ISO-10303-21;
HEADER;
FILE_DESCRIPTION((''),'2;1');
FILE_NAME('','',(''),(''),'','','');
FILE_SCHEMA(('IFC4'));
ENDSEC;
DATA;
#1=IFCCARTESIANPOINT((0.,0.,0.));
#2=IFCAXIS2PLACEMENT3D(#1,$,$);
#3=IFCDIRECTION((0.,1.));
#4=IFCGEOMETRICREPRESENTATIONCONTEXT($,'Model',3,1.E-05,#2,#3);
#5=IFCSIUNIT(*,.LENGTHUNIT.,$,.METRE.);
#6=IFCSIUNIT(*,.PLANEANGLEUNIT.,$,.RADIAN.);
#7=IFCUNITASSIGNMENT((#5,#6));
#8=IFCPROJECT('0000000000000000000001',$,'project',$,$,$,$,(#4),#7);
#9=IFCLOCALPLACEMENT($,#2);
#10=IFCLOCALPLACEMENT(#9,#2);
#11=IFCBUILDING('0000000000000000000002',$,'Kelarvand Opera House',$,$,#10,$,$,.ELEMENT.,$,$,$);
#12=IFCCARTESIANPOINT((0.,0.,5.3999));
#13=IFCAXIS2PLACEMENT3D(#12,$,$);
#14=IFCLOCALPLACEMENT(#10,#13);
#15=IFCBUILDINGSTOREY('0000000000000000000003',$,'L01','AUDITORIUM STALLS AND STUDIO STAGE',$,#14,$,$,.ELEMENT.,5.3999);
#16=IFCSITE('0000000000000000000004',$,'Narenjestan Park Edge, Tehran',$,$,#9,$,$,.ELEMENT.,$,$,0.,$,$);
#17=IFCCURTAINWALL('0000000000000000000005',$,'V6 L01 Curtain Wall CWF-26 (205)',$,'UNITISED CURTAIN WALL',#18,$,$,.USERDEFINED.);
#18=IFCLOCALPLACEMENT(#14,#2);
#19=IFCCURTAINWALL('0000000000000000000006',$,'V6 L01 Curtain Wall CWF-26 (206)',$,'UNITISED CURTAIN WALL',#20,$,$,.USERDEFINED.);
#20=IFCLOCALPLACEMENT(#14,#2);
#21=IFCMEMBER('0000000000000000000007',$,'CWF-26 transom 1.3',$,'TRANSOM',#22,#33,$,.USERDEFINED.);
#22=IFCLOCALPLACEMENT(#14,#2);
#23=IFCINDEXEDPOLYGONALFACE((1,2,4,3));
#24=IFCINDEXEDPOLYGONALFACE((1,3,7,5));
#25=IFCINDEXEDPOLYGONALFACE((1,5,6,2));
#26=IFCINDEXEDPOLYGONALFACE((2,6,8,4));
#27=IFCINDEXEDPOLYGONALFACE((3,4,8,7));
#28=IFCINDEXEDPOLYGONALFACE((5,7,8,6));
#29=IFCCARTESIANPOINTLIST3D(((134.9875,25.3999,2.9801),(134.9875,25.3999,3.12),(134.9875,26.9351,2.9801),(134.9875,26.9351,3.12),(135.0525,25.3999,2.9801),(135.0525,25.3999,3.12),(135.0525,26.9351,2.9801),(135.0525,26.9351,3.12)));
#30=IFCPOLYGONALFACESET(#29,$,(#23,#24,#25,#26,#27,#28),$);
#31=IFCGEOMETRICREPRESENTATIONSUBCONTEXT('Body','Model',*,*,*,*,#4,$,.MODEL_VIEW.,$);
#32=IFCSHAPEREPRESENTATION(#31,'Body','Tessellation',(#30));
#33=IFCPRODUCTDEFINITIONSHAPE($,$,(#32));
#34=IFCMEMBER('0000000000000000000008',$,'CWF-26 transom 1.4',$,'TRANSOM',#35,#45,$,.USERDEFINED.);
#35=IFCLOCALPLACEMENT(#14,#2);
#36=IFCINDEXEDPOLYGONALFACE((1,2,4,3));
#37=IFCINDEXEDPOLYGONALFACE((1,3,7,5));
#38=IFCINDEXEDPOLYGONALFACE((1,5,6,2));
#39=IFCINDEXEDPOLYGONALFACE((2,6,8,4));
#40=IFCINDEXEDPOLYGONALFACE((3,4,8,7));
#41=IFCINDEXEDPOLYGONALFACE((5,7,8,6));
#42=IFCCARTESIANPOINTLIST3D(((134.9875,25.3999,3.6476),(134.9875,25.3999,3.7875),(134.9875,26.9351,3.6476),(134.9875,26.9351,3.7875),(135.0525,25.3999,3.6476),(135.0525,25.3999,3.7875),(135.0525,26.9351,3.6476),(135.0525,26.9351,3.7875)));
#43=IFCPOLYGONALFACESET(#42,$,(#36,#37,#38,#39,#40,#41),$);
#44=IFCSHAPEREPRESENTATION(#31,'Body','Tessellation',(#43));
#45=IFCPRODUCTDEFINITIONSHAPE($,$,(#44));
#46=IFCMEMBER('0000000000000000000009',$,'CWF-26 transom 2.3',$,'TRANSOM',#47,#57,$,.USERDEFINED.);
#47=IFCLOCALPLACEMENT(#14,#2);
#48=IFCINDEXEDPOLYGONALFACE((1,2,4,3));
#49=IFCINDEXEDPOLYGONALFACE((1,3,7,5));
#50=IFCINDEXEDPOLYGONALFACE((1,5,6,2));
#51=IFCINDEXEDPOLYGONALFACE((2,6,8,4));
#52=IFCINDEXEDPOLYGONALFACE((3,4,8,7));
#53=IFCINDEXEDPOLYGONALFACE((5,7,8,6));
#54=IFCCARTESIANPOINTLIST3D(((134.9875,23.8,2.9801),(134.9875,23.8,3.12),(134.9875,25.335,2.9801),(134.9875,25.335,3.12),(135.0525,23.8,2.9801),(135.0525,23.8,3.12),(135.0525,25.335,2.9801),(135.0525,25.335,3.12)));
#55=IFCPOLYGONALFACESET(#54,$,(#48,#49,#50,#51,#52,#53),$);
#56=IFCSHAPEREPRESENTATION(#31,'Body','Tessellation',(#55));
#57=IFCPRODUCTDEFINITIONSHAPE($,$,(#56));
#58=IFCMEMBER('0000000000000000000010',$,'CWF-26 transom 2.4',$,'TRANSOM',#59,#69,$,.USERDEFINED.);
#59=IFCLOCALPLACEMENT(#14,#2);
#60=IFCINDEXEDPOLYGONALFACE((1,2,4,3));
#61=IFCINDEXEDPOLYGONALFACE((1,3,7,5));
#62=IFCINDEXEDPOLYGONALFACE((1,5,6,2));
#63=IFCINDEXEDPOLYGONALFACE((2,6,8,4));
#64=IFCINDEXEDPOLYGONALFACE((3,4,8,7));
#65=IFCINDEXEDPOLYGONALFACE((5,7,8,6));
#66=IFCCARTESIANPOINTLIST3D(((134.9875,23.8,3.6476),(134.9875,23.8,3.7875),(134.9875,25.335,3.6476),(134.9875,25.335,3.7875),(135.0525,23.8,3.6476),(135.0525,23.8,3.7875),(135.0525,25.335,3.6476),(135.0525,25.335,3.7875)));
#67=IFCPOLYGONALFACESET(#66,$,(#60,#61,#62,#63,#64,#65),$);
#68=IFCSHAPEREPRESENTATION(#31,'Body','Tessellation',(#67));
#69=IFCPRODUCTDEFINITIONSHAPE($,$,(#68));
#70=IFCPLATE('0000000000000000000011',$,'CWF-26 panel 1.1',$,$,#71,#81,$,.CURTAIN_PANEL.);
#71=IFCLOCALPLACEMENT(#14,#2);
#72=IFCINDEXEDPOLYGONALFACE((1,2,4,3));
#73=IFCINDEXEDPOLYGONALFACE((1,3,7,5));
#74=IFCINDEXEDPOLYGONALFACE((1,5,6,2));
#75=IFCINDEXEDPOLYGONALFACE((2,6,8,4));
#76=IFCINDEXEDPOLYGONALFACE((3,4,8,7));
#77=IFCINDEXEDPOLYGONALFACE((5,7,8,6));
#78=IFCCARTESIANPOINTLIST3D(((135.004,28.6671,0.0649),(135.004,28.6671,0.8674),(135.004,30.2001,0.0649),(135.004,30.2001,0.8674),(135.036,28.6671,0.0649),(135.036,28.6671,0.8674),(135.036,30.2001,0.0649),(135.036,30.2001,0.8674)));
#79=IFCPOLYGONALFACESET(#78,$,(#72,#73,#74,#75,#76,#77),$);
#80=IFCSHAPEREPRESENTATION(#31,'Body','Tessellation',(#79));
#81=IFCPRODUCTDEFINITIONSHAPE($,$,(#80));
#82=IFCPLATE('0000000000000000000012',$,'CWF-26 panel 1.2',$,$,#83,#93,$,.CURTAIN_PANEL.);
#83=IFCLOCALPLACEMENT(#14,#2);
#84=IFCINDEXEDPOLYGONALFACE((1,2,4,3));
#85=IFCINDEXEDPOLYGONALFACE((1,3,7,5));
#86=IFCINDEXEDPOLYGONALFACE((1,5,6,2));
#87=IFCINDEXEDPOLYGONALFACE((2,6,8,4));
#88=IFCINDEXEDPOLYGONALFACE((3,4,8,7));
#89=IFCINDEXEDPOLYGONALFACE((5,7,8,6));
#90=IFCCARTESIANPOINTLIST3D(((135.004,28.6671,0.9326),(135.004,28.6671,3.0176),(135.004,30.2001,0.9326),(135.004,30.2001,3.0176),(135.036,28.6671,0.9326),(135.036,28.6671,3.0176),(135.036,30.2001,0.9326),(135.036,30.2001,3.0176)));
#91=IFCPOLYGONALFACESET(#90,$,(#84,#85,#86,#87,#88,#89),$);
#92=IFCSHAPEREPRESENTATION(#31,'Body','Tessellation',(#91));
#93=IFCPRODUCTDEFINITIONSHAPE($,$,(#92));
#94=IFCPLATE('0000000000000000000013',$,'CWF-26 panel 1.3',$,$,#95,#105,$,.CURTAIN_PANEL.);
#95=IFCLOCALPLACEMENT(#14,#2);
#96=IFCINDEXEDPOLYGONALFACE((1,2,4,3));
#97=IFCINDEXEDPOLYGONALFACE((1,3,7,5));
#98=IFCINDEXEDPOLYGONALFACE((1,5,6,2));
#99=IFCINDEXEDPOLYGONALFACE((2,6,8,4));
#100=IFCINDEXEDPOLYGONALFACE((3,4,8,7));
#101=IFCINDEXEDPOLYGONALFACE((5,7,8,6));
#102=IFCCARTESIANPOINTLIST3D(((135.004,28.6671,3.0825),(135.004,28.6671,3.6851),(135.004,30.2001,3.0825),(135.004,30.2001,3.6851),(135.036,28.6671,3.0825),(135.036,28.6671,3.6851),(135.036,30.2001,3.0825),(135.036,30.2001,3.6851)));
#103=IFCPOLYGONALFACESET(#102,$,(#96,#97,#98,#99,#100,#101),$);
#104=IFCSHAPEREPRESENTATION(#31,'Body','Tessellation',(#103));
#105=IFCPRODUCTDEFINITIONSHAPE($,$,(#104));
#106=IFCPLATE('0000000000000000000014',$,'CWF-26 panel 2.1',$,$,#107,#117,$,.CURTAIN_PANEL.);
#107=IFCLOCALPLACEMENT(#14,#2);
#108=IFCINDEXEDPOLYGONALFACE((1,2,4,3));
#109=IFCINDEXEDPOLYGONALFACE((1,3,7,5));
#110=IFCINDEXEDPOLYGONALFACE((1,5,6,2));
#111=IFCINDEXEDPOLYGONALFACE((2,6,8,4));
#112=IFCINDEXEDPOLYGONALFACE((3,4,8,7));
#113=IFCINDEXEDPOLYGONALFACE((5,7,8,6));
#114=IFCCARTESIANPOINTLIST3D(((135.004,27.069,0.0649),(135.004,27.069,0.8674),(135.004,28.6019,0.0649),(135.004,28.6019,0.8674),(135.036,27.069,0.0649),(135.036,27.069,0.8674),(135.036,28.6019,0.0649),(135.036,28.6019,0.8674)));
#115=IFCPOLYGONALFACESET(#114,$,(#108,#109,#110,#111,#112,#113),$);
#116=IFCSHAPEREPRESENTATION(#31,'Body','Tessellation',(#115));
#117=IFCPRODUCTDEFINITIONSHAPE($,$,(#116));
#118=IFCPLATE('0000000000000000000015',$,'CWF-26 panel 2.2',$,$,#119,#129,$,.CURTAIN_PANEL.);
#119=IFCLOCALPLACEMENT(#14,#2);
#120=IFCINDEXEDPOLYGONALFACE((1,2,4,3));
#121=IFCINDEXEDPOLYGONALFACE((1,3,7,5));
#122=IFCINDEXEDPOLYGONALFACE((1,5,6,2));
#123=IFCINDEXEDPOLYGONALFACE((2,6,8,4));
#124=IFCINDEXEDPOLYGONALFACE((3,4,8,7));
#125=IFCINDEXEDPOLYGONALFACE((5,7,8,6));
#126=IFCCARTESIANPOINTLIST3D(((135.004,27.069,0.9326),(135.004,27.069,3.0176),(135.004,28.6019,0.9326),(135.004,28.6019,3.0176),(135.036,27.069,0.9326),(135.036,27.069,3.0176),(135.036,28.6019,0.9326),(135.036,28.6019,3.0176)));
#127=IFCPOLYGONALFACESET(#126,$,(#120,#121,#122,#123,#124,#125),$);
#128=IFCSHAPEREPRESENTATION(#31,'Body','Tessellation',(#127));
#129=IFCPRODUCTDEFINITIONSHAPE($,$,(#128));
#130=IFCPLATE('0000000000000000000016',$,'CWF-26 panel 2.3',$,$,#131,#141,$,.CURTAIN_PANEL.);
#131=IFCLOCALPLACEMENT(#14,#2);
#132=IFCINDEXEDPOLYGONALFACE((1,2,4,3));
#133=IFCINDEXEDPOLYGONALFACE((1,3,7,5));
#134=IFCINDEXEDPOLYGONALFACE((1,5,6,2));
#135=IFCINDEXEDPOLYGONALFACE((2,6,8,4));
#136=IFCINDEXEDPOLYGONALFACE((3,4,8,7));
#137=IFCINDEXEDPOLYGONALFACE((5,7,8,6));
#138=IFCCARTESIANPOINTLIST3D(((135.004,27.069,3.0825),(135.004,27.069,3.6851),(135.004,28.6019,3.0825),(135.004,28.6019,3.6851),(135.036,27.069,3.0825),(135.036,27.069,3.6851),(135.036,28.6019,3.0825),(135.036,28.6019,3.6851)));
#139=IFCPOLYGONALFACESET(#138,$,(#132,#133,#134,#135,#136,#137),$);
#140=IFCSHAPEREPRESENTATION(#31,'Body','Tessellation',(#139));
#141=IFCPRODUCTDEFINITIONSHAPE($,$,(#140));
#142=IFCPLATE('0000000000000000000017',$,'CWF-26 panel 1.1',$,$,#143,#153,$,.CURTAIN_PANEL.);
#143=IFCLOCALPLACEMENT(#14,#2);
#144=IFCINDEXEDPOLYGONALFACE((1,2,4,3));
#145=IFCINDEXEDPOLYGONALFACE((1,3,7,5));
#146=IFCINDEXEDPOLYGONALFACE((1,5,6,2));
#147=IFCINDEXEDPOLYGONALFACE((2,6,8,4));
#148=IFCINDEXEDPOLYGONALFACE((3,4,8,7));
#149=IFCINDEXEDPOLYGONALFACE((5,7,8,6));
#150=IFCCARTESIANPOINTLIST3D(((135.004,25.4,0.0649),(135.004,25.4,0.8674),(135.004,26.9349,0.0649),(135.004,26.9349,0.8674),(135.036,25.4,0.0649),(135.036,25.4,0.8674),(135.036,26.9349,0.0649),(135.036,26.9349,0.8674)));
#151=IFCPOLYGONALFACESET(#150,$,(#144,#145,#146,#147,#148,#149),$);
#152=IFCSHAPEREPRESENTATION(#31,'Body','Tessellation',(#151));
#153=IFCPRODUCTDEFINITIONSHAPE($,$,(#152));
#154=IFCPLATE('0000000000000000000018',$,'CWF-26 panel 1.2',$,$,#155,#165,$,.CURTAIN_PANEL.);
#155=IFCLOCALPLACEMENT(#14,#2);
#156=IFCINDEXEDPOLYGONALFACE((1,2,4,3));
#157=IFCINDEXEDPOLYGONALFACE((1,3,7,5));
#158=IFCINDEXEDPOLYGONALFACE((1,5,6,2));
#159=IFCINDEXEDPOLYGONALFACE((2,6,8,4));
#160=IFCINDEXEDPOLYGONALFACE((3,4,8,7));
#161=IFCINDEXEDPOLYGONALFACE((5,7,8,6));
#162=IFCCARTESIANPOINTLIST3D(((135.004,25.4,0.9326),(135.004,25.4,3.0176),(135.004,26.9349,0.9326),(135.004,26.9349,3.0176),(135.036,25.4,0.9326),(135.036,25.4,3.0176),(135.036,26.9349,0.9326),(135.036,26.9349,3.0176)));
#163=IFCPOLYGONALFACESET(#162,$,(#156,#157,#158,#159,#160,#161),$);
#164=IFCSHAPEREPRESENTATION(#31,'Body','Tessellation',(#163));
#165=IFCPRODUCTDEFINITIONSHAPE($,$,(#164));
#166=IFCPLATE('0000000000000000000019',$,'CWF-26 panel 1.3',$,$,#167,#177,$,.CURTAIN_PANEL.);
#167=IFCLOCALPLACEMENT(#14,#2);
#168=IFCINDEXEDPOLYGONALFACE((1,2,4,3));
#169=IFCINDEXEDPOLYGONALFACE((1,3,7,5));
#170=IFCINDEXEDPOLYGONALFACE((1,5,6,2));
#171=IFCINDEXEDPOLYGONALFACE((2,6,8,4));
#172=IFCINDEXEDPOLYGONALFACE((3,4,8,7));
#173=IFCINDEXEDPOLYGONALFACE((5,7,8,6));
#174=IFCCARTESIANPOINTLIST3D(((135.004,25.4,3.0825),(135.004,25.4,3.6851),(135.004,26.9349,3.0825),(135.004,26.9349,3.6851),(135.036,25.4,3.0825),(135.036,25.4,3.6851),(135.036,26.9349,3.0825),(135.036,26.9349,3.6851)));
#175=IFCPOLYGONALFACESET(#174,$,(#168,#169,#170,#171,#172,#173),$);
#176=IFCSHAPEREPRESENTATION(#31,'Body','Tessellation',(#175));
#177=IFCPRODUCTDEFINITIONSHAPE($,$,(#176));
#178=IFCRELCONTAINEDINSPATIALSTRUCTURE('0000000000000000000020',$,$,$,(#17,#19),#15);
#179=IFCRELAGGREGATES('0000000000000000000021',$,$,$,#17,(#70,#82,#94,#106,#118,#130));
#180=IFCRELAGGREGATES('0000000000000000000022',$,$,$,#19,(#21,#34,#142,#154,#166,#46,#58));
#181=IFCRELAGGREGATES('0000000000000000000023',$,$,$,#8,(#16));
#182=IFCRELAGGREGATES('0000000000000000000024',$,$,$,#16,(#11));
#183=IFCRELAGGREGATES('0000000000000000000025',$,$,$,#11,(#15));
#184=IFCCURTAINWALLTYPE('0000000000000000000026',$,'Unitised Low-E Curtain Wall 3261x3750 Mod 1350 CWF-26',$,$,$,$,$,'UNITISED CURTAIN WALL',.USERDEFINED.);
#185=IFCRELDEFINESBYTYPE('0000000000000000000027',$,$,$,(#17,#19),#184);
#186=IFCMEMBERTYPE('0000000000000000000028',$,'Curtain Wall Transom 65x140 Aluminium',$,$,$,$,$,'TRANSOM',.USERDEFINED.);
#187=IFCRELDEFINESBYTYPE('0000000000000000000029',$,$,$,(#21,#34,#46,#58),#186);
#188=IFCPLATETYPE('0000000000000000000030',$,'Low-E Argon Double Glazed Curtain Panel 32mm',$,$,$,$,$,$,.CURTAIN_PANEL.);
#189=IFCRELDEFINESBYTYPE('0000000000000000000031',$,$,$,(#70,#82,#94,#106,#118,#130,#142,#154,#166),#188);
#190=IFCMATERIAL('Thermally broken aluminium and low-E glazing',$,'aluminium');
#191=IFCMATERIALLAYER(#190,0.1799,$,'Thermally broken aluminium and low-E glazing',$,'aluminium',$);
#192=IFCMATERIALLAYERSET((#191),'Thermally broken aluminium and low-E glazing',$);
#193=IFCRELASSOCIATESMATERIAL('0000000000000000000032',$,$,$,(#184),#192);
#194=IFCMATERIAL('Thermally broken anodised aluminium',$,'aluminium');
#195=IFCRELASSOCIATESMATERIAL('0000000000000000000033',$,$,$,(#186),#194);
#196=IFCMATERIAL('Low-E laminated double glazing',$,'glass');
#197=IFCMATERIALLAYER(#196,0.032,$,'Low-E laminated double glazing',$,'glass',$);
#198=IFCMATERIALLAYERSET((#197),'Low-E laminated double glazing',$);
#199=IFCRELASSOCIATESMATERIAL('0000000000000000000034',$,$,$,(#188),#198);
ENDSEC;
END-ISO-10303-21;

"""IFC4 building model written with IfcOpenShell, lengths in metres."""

from ifc_helpers import new_model, si_unit, direction, frame, origin, origin_2d, place, context, subcontext, project, spatial, rectangle, extrude, material, layer, layer_set, material_profile, profile_set, type_object, element, aggregate, save


model = new_model("IFC4")

# Units and contexts
model_context = context("Model", 3, precision=1e-05, world=origin(), true_north=direction((0.0, 1.0)))
body_context = subcontext(model_context, "Body", "Model", "MODEL_VIEW")
ifc_project = project(units=[si_unit("LENGTHUNIT", "METRE"), si_unit("PLANEANGLEUNIT", "RADIAN")], contexts=[model_context])

# Site, building, storey
site_placement = place(None, origin())
site = spatial("IfcSite", under=ifc_project, at=site_placement, Name="Narenjestan Park Edge, Tehran", CompositionType="ELEMENT", RefElevation=0.0)
building_placement = place(site_placement, origin())
building = spatial("IfcBuilding", under=site, at=building_placement, Name="Kelarvand Opera House", CompositionType="ELEMENT")
storey_placement = place(building_placement, frame((0.0, 0.0, 5.3999)))
storey = spatial("IfcBuildingStorey", under=building, at=storey_placement, Name="L01", Description="AUDITORIUM STALLS AND STUDIO STAGE", CompositionType="ELEMENT", Elevation=5.3999)

# Curtain walls
ifc_material_1 = material(Name="Thermally broken aluminium and low-E glazing", Category="aluminium")
ifc_layer_1 = layer(ifc_material_1, 0.1799, Name="Thermally broken aluminium and low-E glazing", Category="aluminium")
ifc_layer_set_1 = layer_set([ifc_layer_1], Name="Thermally broken aluminium and low-E glazing")
curtain_wall_type = type_object("IfcCurtainWallType", Name="Unitised Low-E Curtain Wall 3261x3750 Mod 1350 CWF-26", ElementType="UNITISED CURTAIN WALL", PredefinedType="USERDEFINED", material=ifc_layer_set_1)
curtain_wall_1_placement = place(storey_placement, origin())
curtain_wall_1 = element("IfcCurtainWall", 1, at=curtain_wall_1_placement, inside=storey, type_object=curtain_wall_type, Name="V6 L01 Curtain Wall CWF-26 (205)", ObjectType="UNITISED CURTAIN WALL", PredefinedType="USERDEFINED")
ifc_material_2 = material(Name="Thermally broken anodised aluminium", Category="aluminium")
curtain_wall_2_placement = place(storey_placement, origin())
curtain_wall_2 = element("IfcCurtainWall", 2, at=curtain_wall_2_placement, inside=storey, type_object=curtain_wall_type, Name="V6 L01 Curtain Wall CWF-26 (206)", ObjectType="UNITISED CURTAIN WALL", PredefinedType="USERDEFINED")

# Members
ifc_material_profile_1 = material_profile(ifc_material_2, rectangle(XDim=0.0649, YDim=0.1399, at=origin_2d()), Name="ALU TRANSOM 65x140", Category="aluminium")
ifc_profile_set_1 = profile_set([ifc_material_profile_1], Name="Thermally broken anodised aluminium")
member_type_1 = type_object("IfcMemberType", Name="Curtain Wall Transom 65x140 Aluminium", ElementType="TRANSOM", PredefinedType="USERDEFINED", material=ifc_profile_set_1)
member_1_placement = place(storey_placement, frame((135.02, 26.9351, 3.05), z_axis=(0.0, -1.0, 0.0), x_axis=(1.0, 0.0, 0.0)))
member_1 = element("IfcMember", 3, at=member_1_placement, type_object=member_type_1, Name="CWF-26 transom 1.3", ObjectType="TRANSOM", PredefinedType="USERDEFINED", context=body_context, shape_type="SweptSolid", body=[
    extrude(rectangle(XDim=0.0649, YDim=0.1399, at=origin_2d()), origin(), (0.0, 0.0, 1.0), 1.5352),
])
member_2_placement = place(storey_placement, frame((135.02, 26.9351, 3.7175), z_axis=(0.0, -1.0, 0.0), x_axis=(1.0, 0.0, 0.0)))
member_2 = element("IfcMember", 4, at=member_2_placement, type_object=member_type_1, Name="CWF-26 transom 1.4", ObjectType="TRANSOM", PredefinedType="USERDEFINED", context=body_context, shape_type="SweptSolid", body=[
    extrude(rectangle(XDim=0.0649, YDim=0.1399, at=origin_2d()), origin(), (0.0, 0.0, 1.0), 1.5352),
])
member_3_placement = place(storey_placement, frame((135.02, 25.335, 3.05), z_axis=(0.0, -1.0, 0.0), x_axis=(1.0, 0.0, 0.0)))
member_3 = element("IfcMember", 5, at=member_3_placement, type_object=member_type_1, Name="CWF-26 transom 2.3", ObjectType="TRANSOM", PredefinedType="USERDEFINED", context=body_context, shape_type="SweptSolid", body=[
    extrude(rectangle(XDim=0.0649, YDim=0.1399, at=origin_2d()), origin(), (0.0, 0.0, 1.0), 1.5349),
])
member_4_placement = place(storey_placement, frame((135.02, 25.335, 3.7175), z_axis=(0.0, -1.0, 0.0), x_axis=(1.0, 0.0, 0.0)))
member_4 = element("IfcMember", 6, at=member_4_placement, type_object=member_type_1, Name="CWF-26 transom 2.4", ObjectType="TRANSOM", PredefinedType="USERDEFINED", context=body_context, shape_type="SweptSolid", body=[
    extrude(rectangle(XDim=0.0649, YDim=0.1399, at=origin_2d()), origin(), (0.0, 0.0, 1.0), 1.5349),
])

# Plates
ifc_material_3 = material(Name="Low-E laminated double glazing", Category="glass")
ifc_layer_2 = layer(ifc_material_3, 0.032, Name="Low-E laminated double glazing", Category="glass")
ifc_layer_set_2 = layer_set([ifc_layer_2], Name="Low-E laminated double glazing")
plate_type = type_object("IfcPlateType", Name="Low-E Argon Double Glazed Curtain Panel 32mm", PredefinedType="CURTAIN_PANEL", material=ifc_layer_set_2)
plate_1_placement = place(storey_placement, frame((135.02, 29.4336, 0.0649), z_axis=(0.0, 0.0, 1.0), x_axis=(0.0, -1.0, 0.0)))
plate_1 = element("IfcPlate", 7, at=plate_1_placement, type_object=plate_type, Name="CWF-26 panel 1.1", PredefinedType="CURTAIN_PANEL", context=body_context, shape_type="SweptSolid", body=[
    extrude(rectangle(XDim=1.533, YDim=0.032, at=origin_2d()), origin(), (0.0, 0.0, 1.0), 0.8025),
])
plate_2_placement = place(storey_placement, frame((135.02, 29.4336, 0.9326), z_axis=(0.0, 0.0, 1.0), x_axis=(0.0, -1.0, 0.0)))
plate_2 = element("IfcPlate", 8, at=plate_2_placement, type_object=plate_type, Name="CWF-26 panel 1.2", PredefinedType="CURTAIN_PANEL", context=body_context, shape_type="SweptSolid", body=[
    extrude(rectangle(XDim=1.533, YDim=0.032, at=origin_2d()), origin(), (0.0, 0.0, 1.0), 2.085),
])
plate_3_placement = place(storey_placement, frame((135.02, 29.4336, 3.0825), z_axis=(0.0, 0.0, 1.0), x_axis=(0.0, -1.0, 0.0)))
plate_3 = element("IfcPlate", 9, at=plate_3_placement, type_object=plate_type, Name="CWF-26 panel 1.3", PredefinedType="CURTAIN_PANEL", context=body_context, shape_type="SweptSolid", body=[
    extrude(rectangle(XDim=1.533, YDim=0.032, at=origin_2d()), origin(), (0.0, 0.0, 1.0), 0.6025),
])
plate_4_placement = place(storey_placement, frame((135.02, 27.8354, 0.0649), z_axis=(0.0, 0.0, 1.0), x_axis=(0.0, -1.0, 0.0)))
plate_4 = element("IfcPlate", 10, at=plate_4_placement, type_object=plate_type, Name="CWF-26 panel 2.1", PredefinedType="CURTAIN_PANEL", context=body_context, shape_type="SweptSolid", body=[
    extrude(rectangle(XDim=1.533, YDim=0.032, at=origin_2d()), origin(), (0.0, 0.0, 1.0), 0.8025),
])
plate_5_placement = place(storey_placement, frame((135.02, 27.8354, 0.9326), z_axis=(0.0, 0.0, 1.0), x_axis=(0.0, -1.0, 0.0)))
plate_5 = element("IfcPlate", 11, at=plate_5_placement, type_object=plate_type, Name="CWF-26 panel 2.2", PredefinedType="CURTAIN_PANEL", context=body_context, shape_type="SweptSolid", body=[
    extrude(rectangle(XDim=1.533, YDim=0.032, at=origin_2d()), origin(), (0.0, 0.0, 1.0), 2.085),
])
plate_6_placement = place(storey_placement, frame((135.02, 27.8354, 3.0825), z_axis=(0.0, 0.0, 1.0), x_axis=(0.0, -1.0, 0.0)))
plate_6 = element("IfcPlate", 12, at=plate_6_placement, type_object=plate_type, Name="CWF-26 panel 2.3", PredefinedType="CURTAIN_PANEL", context=body_context, shape_type="SweptSolid", body=[
    extrude(rectangle(XDim=1.533, YDim=0.032, at=origin_2d()), origin(), (0.0, 0.0, 1.0), 0.6025),
])
aggregate(curtain_wall_1, [plate_1, plate_2, plate_3, plate_4, plate_5, plate_6])
plate_7_placement = place(storey_placement, frame((135.02, 26.1675, 0.0649), z_axis=(0.0, 0.0, 1.0), x_axis=(0.0, -1.0, 0.0)))
plate_7 = element("IfcPlate", 13, at=plate_7_placement, type_object=plate_type, Name="CWF-26 panel 1.1", PredefinedType="CURTAIN_PANEL", context=body_context, shape_type="SweptSolid", body=[
    extrude(rectangle(XDim=1.5349, YDim=0.032, at=origin_2d()), origin(), (0.0, 0.0, 1.0), 0.8025),
])
plate_8_placement = place(storey_placement, frame((135.02, 26.1675, 0.9326), z_axis=(0.0, 0.0, 1.0), x_axis=(0.0, -1.0, 0.0)))
plate_8 = element("IfcPlate", 14, at=plate_8_placement, type_object=plate_type, Name="CWF-26 panel 1.2", PredefinedType="CURTAIN_PANEL", context=body_context, shape_type="SweptSolid", body=[
    extrude(rectangle(XDim=1.5349, YDim=0.032, at=origin_2d()), origin(), (0.0, 0.0, 1.0), 2.085),
])
plate_9_placement = place(storey_placement, frame((135.02, 26.1675, 3.0825), z_axis=(0.0, 0.0, 1.0), x_axis=(0.0, -1.0, 0.0)))
plate_9 = element("IfcPlate", 15, at=plate_9_placement, type_object=plate_type, Name="CWF-26 panel 1.3", PredefinedType="CURTAIN_PANEL", context=body_context, shape_type="SweptSolid", body=[
    extrude(rectangle(XDim=1.5349, YDim=0.032, at=origin_2d()), origin(), (0.0, 0.0, 1.0), 0.6025),
])
aggregate(curtain_wall_2, [member_1, member_2, plate_7, plate_8, plate_9, member_3, member_4])

save(model, "model.ifc")
